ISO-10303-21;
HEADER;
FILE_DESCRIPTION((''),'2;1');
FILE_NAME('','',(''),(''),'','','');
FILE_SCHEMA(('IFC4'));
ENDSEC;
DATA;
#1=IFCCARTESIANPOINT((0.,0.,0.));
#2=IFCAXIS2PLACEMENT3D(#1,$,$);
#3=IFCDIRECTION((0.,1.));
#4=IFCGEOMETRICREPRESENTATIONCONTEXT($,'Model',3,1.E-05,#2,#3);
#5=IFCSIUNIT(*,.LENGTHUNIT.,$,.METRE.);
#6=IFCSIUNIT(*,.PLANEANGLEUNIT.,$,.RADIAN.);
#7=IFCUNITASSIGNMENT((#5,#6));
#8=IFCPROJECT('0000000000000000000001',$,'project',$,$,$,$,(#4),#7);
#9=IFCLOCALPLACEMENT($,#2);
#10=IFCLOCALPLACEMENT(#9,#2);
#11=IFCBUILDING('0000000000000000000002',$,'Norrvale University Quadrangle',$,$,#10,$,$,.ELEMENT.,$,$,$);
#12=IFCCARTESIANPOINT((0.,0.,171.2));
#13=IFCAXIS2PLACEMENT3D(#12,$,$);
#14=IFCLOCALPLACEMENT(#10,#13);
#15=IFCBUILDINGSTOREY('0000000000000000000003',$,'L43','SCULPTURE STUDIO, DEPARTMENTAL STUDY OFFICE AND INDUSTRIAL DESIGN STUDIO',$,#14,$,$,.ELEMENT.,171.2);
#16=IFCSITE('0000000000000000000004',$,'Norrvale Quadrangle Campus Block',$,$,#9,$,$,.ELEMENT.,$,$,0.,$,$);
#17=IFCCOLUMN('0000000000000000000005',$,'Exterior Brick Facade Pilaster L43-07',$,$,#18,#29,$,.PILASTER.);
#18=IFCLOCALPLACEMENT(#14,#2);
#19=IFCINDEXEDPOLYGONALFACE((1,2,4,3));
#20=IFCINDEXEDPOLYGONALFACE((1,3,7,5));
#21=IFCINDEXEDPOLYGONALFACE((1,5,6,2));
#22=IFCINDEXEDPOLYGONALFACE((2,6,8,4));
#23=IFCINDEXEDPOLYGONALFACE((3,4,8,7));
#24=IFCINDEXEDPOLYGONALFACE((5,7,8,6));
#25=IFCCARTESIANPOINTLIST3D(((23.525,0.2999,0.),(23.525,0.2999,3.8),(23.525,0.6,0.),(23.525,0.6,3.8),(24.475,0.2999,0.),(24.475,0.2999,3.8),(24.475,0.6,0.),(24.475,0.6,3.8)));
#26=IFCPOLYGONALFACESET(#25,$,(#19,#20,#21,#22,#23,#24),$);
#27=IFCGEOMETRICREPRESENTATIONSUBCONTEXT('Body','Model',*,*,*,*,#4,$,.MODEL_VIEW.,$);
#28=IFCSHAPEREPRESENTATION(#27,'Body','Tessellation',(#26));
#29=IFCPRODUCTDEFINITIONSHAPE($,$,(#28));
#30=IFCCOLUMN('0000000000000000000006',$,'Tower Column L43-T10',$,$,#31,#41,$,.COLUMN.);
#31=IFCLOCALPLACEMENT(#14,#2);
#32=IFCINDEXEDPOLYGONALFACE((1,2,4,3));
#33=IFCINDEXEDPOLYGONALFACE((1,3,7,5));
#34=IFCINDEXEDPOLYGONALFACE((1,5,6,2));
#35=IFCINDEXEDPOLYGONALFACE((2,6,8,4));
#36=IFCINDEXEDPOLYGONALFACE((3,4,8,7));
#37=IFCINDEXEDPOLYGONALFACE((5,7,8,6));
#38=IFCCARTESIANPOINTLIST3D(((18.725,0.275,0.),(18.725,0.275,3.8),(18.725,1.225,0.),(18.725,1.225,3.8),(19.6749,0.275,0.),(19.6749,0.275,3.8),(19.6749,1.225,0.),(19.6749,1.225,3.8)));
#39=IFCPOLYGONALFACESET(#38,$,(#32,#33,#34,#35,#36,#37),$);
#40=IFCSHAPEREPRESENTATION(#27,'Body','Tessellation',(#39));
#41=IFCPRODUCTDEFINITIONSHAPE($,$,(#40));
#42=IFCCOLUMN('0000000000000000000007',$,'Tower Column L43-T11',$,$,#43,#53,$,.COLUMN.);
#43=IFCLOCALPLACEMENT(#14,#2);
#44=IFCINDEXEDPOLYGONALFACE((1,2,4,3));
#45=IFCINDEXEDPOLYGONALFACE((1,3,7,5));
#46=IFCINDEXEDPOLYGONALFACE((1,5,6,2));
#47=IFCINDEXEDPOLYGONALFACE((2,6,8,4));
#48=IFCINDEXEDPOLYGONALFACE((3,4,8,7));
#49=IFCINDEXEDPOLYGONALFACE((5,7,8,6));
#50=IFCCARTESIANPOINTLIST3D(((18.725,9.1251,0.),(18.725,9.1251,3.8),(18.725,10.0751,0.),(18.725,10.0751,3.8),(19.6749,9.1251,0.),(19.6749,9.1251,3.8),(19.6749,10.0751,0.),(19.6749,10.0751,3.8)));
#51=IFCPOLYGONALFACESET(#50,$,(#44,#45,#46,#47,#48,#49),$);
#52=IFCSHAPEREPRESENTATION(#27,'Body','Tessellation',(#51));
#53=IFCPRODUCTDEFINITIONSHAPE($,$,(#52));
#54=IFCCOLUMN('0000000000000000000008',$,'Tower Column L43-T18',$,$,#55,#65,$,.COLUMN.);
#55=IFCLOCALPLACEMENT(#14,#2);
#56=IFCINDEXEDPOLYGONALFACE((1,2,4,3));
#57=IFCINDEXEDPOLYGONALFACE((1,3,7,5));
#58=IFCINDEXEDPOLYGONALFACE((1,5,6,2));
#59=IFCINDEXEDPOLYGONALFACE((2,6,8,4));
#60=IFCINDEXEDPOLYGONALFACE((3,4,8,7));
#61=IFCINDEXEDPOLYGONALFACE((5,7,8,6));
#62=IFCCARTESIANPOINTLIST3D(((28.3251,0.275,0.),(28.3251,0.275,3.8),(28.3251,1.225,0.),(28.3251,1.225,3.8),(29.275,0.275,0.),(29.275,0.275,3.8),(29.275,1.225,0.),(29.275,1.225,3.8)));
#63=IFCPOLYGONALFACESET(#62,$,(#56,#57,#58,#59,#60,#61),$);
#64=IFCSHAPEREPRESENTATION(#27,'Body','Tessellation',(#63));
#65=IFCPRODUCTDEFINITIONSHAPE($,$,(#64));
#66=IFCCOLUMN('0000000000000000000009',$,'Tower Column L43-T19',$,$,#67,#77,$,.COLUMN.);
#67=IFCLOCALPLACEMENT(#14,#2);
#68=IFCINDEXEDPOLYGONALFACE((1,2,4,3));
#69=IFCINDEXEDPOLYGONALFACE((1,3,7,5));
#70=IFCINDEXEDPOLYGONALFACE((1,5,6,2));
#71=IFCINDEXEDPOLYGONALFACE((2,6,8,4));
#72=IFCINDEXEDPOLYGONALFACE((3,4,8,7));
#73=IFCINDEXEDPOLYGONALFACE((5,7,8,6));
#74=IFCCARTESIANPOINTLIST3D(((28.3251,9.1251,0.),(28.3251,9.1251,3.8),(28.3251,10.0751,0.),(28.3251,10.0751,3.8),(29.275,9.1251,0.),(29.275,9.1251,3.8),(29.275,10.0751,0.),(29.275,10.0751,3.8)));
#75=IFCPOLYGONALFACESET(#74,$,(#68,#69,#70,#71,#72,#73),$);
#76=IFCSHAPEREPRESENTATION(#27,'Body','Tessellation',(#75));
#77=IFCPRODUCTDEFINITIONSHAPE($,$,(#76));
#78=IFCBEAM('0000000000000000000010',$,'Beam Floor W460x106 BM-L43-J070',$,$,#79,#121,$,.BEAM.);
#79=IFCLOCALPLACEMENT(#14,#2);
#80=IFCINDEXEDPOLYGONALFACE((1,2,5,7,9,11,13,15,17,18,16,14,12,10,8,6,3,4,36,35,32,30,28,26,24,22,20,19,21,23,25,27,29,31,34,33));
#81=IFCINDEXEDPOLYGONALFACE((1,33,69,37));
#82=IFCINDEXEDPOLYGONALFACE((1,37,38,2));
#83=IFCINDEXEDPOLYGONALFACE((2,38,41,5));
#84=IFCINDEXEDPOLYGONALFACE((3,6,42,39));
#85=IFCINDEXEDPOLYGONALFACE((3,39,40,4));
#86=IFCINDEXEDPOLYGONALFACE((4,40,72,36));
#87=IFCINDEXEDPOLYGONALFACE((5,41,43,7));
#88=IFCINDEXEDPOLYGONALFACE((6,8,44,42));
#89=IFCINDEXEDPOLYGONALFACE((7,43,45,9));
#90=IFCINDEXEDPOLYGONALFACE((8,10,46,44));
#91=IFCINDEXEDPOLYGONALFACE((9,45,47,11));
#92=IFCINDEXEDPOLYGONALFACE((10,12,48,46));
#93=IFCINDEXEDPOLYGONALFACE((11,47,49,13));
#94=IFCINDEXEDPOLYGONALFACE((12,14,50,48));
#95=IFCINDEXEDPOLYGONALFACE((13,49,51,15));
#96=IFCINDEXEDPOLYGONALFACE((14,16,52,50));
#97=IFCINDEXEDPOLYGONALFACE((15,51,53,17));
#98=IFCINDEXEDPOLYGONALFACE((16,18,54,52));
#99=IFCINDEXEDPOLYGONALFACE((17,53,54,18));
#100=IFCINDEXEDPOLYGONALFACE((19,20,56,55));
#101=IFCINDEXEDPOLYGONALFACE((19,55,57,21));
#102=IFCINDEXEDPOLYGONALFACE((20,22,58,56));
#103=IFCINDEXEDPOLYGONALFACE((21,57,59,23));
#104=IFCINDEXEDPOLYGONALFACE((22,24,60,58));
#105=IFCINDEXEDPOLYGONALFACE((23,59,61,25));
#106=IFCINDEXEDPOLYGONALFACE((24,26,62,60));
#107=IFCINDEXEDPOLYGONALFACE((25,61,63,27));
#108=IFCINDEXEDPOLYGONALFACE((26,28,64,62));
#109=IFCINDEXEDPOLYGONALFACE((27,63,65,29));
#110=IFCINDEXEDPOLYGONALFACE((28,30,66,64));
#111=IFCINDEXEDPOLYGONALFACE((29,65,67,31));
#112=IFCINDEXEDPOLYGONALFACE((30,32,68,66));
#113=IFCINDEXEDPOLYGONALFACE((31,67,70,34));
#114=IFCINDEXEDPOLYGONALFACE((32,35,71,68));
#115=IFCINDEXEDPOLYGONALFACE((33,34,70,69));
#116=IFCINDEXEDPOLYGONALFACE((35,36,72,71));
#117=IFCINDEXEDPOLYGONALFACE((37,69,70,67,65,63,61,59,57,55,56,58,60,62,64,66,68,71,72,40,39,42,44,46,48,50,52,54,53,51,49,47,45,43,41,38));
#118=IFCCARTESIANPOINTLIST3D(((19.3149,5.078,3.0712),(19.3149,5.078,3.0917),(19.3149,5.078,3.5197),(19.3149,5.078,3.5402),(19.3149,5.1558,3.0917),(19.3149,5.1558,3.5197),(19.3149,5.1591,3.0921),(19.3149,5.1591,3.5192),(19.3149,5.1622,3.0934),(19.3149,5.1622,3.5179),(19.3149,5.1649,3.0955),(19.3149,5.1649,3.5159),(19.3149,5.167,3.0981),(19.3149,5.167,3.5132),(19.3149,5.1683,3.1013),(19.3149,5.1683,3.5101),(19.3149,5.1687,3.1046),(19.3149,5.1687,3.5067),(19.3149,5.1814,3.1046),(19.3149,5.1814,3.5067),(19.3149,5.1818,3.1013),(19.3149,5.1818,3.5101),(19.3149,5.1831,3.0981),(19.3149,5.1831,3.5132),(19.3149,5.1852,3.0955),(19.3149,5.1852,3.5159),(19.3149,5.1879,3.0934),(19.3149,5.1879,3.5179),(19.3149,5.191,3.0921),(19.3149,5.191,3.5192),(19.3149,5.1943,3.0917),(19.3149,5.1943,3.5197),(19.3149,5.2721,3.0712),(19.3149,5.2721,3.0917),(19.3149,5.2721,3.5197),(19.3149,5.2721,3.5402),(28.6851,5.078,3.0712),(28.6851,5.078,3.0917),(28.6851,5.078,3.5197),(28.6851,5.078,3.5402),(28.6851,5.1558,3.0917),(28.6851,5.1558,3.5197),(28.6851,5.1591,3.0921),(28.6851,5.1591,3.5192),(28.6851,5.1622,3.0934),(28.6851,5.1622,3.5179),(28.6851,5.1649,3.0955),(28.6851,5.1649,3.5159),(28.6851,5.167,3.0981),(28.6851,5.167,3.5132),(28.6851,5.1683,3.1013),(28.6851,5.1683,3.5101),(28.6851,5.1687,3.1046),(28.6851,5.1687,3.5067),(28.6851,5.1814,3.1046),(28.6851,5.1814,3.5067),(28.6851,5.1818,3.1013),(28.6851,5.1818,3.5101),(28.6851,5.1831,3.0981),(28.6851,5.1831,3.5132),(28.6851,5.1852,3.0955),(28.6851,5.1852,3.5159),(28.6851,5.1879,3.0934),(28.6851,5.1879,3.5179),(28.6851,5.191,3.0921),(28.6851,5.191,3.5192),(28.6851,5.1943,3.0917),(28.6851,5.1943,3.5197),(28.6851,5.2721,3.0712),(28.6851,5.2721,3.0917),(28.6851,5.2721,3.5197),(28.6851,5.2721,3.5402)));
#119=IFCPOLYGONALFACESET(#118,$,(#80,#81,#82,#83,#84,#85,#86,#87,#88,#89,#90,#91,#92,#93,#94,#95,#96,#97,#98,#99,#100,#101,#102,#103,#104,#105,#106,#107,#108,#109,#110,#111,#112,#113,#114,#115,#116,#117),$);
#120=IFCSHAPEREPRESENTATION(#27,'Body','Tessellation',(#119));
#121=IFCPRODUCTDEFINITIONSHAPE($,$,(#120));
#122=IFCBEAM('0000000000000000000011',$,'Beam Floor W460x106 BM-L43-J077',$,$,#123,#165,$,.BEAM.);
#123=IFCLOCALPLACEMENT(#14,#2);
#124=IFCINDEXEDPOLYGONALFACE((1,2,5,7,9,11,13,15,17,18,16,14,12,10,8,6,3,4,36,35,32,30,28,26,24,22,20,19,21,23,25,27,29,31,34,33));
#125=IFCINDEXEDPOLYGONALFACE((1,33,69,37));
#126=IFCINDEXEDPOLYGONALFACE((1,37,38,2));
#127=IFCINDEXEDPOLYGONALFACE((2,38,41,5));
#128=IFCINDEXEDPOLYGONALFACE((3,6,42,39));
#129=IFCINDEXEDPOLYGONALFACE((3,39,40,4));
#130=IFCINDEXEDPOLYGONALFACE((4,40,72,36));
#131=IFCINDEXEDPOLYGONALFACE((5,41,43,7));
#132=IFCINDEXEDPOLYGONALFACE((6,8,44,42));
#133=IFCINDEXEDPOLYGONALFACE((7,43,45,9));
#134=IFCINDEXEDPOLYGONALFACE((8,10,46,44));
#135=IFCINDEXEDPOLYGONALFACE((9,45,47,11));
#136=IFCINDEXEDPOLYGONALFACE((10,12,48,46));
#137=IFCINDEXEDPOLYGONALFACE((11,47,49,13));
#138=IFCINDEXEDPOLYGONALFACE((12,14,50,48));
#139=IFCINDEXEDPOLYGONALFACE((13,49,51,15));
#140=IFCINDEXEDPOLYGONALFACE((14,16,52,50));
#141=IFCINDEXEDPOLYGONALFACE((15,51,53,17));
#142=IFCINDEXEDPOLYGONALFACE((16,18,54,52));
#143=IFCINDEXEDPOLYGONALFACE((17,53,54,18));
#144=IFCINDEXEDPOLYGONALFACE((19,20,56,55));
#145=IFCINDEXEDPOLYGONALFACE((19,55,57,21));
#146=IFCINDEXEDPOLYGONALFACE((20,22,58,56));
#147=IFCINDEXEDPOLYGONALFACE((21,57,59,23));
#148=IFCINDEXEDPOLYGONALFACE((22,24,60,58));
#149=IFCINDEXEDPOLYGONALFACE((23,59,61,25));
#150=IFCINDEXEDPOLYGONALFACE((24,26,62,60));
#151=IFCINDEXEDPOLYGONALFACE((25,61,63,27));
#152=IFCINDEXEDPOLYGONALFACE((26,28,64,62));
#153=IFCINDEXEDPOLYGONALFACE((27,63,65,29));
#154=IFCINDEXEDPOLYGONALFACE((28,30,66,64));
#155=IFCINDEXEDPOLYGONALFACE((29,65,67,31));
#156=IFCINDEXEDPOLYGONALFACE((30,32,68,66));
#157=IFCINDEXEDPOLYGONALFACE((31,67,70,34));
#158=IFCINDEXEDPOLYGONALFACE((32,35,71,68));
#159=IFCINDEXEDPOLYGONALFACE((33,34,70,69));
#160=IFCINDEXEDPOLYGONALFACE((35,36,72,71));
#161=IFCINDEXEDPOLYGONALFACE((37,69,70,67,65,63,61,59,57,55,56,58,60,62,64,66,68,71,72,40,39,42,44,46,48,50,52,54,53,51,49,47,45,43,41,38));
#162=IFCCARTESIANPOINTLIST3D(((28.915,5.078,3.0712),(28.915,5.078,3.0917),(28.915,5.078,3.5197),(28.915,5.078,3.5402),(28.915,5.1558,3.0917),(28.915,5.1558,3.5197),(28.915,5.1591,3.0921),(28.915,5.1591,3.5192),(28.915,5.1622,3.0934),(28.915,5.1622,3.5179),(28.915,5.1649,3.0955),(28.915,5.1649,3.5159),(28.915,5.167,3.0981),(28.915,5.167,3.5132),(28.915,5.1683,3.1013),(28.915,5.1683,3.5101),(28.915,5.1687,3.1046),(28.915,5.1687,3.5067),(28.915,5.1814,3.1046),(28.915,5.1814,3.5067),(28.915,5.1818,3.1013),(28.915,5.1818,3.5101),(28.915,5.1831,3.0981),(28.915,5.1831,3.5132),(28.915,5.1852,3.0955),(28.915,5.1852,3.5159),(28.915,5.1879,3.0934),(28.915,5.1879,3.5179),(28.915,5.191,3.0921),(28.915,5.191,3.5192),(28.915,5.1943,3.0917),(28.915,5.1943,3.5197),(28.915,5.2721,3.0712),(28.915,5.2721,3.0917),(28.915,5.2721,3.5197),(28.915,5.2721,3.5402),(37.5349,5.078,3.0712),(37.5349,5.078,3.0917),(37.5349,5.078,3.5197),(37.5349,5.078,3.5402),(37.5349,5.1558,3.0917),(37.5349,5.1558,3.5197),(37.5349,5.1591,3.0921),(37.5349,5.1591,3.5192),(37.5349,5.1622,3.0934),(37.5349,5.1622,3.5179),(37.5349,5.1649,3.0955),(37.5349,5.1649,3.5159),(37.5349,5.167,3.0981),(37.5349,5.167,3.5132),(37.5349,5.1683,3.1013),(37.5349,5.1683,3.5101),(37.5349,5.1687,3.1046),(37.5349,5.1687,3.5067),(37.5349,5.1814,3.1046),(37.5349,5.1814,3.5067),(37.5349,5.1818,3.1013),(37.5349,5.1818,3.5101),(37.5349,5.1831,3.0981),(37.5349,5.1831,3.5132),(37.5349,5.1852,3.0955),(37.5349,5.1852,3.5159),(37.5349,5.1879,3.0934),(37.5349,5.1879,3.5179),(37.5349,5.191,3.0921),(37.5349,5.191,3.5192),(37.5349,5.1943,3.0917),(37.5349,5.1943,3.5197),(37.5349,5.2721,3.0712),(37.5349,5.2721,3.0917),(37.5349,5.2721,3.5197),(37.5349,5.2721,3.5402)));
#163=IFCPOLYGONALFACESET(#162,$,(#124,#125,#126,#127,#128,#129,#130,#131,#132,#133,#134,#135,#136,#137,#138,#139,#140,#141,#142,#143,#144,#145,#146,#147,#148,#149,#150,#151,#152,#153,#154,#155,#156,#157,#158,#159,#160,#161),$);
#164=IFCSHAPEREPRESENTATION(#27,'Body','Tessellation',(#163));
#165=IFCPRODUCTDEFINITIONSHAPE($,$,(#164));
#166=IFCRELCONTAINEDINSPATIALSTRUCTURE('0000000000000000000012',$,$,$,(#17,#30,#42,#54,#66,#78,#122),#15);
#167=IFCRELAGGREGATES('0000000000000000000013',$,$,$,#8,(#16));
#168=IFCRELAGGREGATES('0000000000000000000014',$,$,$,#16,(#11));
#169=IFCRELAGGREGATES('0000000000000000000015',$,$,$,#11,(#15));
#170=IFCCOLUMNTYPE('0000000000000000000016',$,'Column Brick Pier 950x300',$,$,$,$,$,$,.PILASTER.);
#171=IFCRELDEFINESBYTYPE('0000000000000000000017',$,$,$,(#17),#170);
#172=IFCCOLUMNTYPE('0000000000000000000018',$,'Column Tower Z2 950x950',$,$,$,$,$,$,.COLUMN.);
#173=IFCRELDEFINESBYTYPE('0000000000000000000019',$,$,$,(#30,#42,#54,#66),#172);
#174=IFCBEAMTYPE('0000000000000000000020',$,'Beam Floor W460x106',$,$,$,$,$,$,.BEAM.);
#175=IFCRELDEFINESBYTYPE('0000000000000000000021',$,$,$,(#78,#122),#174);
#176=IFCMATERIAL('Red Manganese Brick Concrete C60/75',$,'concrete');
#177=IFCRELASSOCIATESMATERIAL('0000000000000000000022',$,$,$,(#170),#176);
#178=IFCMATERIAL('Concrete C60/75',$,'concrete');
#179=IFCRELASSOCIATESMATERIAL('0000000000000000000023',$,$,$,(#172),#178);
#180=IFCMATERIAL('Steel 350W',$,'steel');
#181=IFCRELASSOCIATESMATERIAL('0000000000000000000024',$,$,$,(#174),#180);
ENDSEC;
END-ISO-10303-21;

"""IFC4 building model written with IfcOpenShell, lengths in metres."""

from ifc_helpers import new_model, si_unit, direction, frame, origin, origin_2d, place, context, subcontext, project, spatial, rectangle, i_section, extrude, material, material_profile, profile_set, type_object, element, save


model = new_model("IFC4")

# Units and contexts
model_context = context("Model", 3, precision=1e-05, world=origin(), true_north=direction((0.0, 1.0)))
body_context = subcontext(model_context, "Body", "Model", "MODEL_VIEW")
ifc_project = project(units=[si_unit("LENGTHUNIT", "METRE"), si_unit("PLANEANGLEUNIT", "RADIAN")], contexts=[model_context])

# Site, building, storey
site_placement = place(None, origin())
site = spatial("IfcSite", under=ifc_project, at=site_placement, Name="Norrvale Quadrangle Campus Block", CompositionType="ELEMENT", RefElevation=0.0)
building_placement = place(site_placement, origin())
building = spatial("IfcBuilding", under=site, at=building_placement, Name="Norrvale University Quadrangle", CompositionType="ELEMENT")
storey_placement = place(building_placement, frame((0.0, 0.0, 171.2)))
storey = spatial("IfcBuildingStorey", under=building, at=storey_placement, Name="L43", Description="SCULPTURE STUDIO, DEPARTMENTAL STUDY OFFICE AND INDUSTRIAL DESIGN STUDIO", CompositionType="ELEMENT", Elevation=171.2)

# Columns
ifc_material_1 = material(Name="Red Manganese Brick Concrete C60/75", Category="concrete")
ifc_material_profile_1 = material_profile(ifc_material_1, rectangle(XDim=0.95, YDim=0.3, at=origin_2d()), Name="Red Manganese Brick Concrete C60/75")
ifc_profile_set_1 = profile_set([ifc_material_profile_1], Name="Red Manganese Brick Concrete C60/75")
column_type_1 = type_object("IfcColumnType", Name="Column Brick Pier 950x300", PredefinedType="PILASTER", material=ifc_profile_set_1)
column_placement = place(storey_placement, frame((24.0, 0.45, 0.0), z_axis=(0.0, 0.0, 1.0), x_axis=(1.0, 0.0, 0.0)))
element("IfcColumn", 1, at=column_placement, inside=storey, type_object=column_type_1, Name="Exterior Brick Facade Pilaster L43-07", PredefinedType="PILASTER", context=body_context, shape_type="SweptSolid", body=[
    extrude(rectangle(XDim=0.95, YDim=0.3, at=origin_2d()), origin(), (0.0, 0.0, 1.0), 3.8),
])
ifc_material_2 = material(Name="Concrete C60/75", Category="concrete")
ifc_material_profile_2 = material_profile(ifc_material_2, rectangle(XDim=0.95, YDim=0.95, at=origin_2d()), Name="Concrete C60/75")
ifc_profile_set_2 = profile_set([ifc_material_profile_2], Name="Concrete C60/75")
column_type_2 = type_object("IfcColumnType", Name="Column Tower Z2 950x950", PredefinedType="COLUMN", material=ifc_profile_set_2)
for number, where, z_axis, x_axis, name in (
    (2, (19.2, 0.75, 0.0), (0.0, 0.0, 1.0), (1.0, 0.0, 0.0), "Tower Column L43-T10"),
    (3, (19.2, 9.6001, 0.0), (0.0, 0.0, 1.0), (1.0, 0.0, 0.0), "Tower Column L43-T11"),
    (4, (28.8, 0.75, 0.0), (0.0, 0.0, 1.0), (1.0, 0.0, 0.0), "Tower Column L43-T18"),
    (5, (28.8, 9.6001, 0.0), (0.0, 0.0, 1.0), (1.0, 0.0, 0.0), "Tower Column L43-T19"),
):
    element("IfcColumn", number, at=place(storey_placement, frame(where, z_axis=z_axis, x_axis=x_axis)), inside=storey, type_object=column_type_2, Name=name, PredefinedType="COLUMN", context=body_context, shape_type="SweptSolid", body=[
        extrude(rectangle(XDim=0.95, YDim=0.95, at=origin_2d()), origin(), (0.0, 0.0, 1.0), 3.8),
    ])

# Beams
ifc_material_3 = material(Name="Steel 350W", Category="steel")
ifc_material_profile_3 = material_profile(ifc_material_3, i_section(OverallWidth=0.1941, OverallDepth=0.469, WebThickness=0.0127, FlangeThickness=0.0205, FilletRadius=0.0129, at=origin_2d()), Name="Steel 350W")
ifc_profile_set_3 = profile_set([ifc_material_profile_3], Name="Steel 350W")
beam_type_1 = type_object("IfcBeamType", Name="Beam Floor W460x106", PredefinedType="BEAM", material=ifc_profile_set_3)
beam_1_placement = place(storey_placement, frame((19.3149, 5.175, 3.3057), z_axis=(1.0, 0.0, 0.0), x_axis=(0.0, 1.0, 0.0)))
element("IfcBeam", 6, at=beam_1_placement, inside=storey, type_object=beam_type_1, Name="Beam Floor W460x106 BM-L43-J070", PredefinedType="BEAM", context=body_context, shape_type="SweptSolid", body=[
    extrude(i_section(OverallWidth=0.1941, OverallDepth=0.469, WebThickness=0.0127, FlangeThickness=0.0205, FilletRadius=0.0129, at=origin_2d()), origin(), (0.0, 0.0, 1.0), 9.3701),
])
beam_2_placement = place(storey_placement, frame((28.915, 5.175, 3.3057), z_axis=(1.0, 0.0, 0.0), x_axis=(0.0, 1.0, 0.0)))
element("IfcBeam", 7, at=beam_2_placement, inside=storey, type_object=beam_type_1, Name="Beam Floor W460x106 BM-L43-J077", PredefinedType="BEAM", context=body_context, shape_type="SweptSolid", body=[
    extrude(i_section(OverallWidth=0.1941, OverallDepth=0.469, WebThickness=0.0127, FlangeThickness=0.0205, FilletRadius=0.0129, at=origin_2d()), origin(), (0.0, 0.0, 1.0), 8.6199),
])

save(model, "model.ifc")
